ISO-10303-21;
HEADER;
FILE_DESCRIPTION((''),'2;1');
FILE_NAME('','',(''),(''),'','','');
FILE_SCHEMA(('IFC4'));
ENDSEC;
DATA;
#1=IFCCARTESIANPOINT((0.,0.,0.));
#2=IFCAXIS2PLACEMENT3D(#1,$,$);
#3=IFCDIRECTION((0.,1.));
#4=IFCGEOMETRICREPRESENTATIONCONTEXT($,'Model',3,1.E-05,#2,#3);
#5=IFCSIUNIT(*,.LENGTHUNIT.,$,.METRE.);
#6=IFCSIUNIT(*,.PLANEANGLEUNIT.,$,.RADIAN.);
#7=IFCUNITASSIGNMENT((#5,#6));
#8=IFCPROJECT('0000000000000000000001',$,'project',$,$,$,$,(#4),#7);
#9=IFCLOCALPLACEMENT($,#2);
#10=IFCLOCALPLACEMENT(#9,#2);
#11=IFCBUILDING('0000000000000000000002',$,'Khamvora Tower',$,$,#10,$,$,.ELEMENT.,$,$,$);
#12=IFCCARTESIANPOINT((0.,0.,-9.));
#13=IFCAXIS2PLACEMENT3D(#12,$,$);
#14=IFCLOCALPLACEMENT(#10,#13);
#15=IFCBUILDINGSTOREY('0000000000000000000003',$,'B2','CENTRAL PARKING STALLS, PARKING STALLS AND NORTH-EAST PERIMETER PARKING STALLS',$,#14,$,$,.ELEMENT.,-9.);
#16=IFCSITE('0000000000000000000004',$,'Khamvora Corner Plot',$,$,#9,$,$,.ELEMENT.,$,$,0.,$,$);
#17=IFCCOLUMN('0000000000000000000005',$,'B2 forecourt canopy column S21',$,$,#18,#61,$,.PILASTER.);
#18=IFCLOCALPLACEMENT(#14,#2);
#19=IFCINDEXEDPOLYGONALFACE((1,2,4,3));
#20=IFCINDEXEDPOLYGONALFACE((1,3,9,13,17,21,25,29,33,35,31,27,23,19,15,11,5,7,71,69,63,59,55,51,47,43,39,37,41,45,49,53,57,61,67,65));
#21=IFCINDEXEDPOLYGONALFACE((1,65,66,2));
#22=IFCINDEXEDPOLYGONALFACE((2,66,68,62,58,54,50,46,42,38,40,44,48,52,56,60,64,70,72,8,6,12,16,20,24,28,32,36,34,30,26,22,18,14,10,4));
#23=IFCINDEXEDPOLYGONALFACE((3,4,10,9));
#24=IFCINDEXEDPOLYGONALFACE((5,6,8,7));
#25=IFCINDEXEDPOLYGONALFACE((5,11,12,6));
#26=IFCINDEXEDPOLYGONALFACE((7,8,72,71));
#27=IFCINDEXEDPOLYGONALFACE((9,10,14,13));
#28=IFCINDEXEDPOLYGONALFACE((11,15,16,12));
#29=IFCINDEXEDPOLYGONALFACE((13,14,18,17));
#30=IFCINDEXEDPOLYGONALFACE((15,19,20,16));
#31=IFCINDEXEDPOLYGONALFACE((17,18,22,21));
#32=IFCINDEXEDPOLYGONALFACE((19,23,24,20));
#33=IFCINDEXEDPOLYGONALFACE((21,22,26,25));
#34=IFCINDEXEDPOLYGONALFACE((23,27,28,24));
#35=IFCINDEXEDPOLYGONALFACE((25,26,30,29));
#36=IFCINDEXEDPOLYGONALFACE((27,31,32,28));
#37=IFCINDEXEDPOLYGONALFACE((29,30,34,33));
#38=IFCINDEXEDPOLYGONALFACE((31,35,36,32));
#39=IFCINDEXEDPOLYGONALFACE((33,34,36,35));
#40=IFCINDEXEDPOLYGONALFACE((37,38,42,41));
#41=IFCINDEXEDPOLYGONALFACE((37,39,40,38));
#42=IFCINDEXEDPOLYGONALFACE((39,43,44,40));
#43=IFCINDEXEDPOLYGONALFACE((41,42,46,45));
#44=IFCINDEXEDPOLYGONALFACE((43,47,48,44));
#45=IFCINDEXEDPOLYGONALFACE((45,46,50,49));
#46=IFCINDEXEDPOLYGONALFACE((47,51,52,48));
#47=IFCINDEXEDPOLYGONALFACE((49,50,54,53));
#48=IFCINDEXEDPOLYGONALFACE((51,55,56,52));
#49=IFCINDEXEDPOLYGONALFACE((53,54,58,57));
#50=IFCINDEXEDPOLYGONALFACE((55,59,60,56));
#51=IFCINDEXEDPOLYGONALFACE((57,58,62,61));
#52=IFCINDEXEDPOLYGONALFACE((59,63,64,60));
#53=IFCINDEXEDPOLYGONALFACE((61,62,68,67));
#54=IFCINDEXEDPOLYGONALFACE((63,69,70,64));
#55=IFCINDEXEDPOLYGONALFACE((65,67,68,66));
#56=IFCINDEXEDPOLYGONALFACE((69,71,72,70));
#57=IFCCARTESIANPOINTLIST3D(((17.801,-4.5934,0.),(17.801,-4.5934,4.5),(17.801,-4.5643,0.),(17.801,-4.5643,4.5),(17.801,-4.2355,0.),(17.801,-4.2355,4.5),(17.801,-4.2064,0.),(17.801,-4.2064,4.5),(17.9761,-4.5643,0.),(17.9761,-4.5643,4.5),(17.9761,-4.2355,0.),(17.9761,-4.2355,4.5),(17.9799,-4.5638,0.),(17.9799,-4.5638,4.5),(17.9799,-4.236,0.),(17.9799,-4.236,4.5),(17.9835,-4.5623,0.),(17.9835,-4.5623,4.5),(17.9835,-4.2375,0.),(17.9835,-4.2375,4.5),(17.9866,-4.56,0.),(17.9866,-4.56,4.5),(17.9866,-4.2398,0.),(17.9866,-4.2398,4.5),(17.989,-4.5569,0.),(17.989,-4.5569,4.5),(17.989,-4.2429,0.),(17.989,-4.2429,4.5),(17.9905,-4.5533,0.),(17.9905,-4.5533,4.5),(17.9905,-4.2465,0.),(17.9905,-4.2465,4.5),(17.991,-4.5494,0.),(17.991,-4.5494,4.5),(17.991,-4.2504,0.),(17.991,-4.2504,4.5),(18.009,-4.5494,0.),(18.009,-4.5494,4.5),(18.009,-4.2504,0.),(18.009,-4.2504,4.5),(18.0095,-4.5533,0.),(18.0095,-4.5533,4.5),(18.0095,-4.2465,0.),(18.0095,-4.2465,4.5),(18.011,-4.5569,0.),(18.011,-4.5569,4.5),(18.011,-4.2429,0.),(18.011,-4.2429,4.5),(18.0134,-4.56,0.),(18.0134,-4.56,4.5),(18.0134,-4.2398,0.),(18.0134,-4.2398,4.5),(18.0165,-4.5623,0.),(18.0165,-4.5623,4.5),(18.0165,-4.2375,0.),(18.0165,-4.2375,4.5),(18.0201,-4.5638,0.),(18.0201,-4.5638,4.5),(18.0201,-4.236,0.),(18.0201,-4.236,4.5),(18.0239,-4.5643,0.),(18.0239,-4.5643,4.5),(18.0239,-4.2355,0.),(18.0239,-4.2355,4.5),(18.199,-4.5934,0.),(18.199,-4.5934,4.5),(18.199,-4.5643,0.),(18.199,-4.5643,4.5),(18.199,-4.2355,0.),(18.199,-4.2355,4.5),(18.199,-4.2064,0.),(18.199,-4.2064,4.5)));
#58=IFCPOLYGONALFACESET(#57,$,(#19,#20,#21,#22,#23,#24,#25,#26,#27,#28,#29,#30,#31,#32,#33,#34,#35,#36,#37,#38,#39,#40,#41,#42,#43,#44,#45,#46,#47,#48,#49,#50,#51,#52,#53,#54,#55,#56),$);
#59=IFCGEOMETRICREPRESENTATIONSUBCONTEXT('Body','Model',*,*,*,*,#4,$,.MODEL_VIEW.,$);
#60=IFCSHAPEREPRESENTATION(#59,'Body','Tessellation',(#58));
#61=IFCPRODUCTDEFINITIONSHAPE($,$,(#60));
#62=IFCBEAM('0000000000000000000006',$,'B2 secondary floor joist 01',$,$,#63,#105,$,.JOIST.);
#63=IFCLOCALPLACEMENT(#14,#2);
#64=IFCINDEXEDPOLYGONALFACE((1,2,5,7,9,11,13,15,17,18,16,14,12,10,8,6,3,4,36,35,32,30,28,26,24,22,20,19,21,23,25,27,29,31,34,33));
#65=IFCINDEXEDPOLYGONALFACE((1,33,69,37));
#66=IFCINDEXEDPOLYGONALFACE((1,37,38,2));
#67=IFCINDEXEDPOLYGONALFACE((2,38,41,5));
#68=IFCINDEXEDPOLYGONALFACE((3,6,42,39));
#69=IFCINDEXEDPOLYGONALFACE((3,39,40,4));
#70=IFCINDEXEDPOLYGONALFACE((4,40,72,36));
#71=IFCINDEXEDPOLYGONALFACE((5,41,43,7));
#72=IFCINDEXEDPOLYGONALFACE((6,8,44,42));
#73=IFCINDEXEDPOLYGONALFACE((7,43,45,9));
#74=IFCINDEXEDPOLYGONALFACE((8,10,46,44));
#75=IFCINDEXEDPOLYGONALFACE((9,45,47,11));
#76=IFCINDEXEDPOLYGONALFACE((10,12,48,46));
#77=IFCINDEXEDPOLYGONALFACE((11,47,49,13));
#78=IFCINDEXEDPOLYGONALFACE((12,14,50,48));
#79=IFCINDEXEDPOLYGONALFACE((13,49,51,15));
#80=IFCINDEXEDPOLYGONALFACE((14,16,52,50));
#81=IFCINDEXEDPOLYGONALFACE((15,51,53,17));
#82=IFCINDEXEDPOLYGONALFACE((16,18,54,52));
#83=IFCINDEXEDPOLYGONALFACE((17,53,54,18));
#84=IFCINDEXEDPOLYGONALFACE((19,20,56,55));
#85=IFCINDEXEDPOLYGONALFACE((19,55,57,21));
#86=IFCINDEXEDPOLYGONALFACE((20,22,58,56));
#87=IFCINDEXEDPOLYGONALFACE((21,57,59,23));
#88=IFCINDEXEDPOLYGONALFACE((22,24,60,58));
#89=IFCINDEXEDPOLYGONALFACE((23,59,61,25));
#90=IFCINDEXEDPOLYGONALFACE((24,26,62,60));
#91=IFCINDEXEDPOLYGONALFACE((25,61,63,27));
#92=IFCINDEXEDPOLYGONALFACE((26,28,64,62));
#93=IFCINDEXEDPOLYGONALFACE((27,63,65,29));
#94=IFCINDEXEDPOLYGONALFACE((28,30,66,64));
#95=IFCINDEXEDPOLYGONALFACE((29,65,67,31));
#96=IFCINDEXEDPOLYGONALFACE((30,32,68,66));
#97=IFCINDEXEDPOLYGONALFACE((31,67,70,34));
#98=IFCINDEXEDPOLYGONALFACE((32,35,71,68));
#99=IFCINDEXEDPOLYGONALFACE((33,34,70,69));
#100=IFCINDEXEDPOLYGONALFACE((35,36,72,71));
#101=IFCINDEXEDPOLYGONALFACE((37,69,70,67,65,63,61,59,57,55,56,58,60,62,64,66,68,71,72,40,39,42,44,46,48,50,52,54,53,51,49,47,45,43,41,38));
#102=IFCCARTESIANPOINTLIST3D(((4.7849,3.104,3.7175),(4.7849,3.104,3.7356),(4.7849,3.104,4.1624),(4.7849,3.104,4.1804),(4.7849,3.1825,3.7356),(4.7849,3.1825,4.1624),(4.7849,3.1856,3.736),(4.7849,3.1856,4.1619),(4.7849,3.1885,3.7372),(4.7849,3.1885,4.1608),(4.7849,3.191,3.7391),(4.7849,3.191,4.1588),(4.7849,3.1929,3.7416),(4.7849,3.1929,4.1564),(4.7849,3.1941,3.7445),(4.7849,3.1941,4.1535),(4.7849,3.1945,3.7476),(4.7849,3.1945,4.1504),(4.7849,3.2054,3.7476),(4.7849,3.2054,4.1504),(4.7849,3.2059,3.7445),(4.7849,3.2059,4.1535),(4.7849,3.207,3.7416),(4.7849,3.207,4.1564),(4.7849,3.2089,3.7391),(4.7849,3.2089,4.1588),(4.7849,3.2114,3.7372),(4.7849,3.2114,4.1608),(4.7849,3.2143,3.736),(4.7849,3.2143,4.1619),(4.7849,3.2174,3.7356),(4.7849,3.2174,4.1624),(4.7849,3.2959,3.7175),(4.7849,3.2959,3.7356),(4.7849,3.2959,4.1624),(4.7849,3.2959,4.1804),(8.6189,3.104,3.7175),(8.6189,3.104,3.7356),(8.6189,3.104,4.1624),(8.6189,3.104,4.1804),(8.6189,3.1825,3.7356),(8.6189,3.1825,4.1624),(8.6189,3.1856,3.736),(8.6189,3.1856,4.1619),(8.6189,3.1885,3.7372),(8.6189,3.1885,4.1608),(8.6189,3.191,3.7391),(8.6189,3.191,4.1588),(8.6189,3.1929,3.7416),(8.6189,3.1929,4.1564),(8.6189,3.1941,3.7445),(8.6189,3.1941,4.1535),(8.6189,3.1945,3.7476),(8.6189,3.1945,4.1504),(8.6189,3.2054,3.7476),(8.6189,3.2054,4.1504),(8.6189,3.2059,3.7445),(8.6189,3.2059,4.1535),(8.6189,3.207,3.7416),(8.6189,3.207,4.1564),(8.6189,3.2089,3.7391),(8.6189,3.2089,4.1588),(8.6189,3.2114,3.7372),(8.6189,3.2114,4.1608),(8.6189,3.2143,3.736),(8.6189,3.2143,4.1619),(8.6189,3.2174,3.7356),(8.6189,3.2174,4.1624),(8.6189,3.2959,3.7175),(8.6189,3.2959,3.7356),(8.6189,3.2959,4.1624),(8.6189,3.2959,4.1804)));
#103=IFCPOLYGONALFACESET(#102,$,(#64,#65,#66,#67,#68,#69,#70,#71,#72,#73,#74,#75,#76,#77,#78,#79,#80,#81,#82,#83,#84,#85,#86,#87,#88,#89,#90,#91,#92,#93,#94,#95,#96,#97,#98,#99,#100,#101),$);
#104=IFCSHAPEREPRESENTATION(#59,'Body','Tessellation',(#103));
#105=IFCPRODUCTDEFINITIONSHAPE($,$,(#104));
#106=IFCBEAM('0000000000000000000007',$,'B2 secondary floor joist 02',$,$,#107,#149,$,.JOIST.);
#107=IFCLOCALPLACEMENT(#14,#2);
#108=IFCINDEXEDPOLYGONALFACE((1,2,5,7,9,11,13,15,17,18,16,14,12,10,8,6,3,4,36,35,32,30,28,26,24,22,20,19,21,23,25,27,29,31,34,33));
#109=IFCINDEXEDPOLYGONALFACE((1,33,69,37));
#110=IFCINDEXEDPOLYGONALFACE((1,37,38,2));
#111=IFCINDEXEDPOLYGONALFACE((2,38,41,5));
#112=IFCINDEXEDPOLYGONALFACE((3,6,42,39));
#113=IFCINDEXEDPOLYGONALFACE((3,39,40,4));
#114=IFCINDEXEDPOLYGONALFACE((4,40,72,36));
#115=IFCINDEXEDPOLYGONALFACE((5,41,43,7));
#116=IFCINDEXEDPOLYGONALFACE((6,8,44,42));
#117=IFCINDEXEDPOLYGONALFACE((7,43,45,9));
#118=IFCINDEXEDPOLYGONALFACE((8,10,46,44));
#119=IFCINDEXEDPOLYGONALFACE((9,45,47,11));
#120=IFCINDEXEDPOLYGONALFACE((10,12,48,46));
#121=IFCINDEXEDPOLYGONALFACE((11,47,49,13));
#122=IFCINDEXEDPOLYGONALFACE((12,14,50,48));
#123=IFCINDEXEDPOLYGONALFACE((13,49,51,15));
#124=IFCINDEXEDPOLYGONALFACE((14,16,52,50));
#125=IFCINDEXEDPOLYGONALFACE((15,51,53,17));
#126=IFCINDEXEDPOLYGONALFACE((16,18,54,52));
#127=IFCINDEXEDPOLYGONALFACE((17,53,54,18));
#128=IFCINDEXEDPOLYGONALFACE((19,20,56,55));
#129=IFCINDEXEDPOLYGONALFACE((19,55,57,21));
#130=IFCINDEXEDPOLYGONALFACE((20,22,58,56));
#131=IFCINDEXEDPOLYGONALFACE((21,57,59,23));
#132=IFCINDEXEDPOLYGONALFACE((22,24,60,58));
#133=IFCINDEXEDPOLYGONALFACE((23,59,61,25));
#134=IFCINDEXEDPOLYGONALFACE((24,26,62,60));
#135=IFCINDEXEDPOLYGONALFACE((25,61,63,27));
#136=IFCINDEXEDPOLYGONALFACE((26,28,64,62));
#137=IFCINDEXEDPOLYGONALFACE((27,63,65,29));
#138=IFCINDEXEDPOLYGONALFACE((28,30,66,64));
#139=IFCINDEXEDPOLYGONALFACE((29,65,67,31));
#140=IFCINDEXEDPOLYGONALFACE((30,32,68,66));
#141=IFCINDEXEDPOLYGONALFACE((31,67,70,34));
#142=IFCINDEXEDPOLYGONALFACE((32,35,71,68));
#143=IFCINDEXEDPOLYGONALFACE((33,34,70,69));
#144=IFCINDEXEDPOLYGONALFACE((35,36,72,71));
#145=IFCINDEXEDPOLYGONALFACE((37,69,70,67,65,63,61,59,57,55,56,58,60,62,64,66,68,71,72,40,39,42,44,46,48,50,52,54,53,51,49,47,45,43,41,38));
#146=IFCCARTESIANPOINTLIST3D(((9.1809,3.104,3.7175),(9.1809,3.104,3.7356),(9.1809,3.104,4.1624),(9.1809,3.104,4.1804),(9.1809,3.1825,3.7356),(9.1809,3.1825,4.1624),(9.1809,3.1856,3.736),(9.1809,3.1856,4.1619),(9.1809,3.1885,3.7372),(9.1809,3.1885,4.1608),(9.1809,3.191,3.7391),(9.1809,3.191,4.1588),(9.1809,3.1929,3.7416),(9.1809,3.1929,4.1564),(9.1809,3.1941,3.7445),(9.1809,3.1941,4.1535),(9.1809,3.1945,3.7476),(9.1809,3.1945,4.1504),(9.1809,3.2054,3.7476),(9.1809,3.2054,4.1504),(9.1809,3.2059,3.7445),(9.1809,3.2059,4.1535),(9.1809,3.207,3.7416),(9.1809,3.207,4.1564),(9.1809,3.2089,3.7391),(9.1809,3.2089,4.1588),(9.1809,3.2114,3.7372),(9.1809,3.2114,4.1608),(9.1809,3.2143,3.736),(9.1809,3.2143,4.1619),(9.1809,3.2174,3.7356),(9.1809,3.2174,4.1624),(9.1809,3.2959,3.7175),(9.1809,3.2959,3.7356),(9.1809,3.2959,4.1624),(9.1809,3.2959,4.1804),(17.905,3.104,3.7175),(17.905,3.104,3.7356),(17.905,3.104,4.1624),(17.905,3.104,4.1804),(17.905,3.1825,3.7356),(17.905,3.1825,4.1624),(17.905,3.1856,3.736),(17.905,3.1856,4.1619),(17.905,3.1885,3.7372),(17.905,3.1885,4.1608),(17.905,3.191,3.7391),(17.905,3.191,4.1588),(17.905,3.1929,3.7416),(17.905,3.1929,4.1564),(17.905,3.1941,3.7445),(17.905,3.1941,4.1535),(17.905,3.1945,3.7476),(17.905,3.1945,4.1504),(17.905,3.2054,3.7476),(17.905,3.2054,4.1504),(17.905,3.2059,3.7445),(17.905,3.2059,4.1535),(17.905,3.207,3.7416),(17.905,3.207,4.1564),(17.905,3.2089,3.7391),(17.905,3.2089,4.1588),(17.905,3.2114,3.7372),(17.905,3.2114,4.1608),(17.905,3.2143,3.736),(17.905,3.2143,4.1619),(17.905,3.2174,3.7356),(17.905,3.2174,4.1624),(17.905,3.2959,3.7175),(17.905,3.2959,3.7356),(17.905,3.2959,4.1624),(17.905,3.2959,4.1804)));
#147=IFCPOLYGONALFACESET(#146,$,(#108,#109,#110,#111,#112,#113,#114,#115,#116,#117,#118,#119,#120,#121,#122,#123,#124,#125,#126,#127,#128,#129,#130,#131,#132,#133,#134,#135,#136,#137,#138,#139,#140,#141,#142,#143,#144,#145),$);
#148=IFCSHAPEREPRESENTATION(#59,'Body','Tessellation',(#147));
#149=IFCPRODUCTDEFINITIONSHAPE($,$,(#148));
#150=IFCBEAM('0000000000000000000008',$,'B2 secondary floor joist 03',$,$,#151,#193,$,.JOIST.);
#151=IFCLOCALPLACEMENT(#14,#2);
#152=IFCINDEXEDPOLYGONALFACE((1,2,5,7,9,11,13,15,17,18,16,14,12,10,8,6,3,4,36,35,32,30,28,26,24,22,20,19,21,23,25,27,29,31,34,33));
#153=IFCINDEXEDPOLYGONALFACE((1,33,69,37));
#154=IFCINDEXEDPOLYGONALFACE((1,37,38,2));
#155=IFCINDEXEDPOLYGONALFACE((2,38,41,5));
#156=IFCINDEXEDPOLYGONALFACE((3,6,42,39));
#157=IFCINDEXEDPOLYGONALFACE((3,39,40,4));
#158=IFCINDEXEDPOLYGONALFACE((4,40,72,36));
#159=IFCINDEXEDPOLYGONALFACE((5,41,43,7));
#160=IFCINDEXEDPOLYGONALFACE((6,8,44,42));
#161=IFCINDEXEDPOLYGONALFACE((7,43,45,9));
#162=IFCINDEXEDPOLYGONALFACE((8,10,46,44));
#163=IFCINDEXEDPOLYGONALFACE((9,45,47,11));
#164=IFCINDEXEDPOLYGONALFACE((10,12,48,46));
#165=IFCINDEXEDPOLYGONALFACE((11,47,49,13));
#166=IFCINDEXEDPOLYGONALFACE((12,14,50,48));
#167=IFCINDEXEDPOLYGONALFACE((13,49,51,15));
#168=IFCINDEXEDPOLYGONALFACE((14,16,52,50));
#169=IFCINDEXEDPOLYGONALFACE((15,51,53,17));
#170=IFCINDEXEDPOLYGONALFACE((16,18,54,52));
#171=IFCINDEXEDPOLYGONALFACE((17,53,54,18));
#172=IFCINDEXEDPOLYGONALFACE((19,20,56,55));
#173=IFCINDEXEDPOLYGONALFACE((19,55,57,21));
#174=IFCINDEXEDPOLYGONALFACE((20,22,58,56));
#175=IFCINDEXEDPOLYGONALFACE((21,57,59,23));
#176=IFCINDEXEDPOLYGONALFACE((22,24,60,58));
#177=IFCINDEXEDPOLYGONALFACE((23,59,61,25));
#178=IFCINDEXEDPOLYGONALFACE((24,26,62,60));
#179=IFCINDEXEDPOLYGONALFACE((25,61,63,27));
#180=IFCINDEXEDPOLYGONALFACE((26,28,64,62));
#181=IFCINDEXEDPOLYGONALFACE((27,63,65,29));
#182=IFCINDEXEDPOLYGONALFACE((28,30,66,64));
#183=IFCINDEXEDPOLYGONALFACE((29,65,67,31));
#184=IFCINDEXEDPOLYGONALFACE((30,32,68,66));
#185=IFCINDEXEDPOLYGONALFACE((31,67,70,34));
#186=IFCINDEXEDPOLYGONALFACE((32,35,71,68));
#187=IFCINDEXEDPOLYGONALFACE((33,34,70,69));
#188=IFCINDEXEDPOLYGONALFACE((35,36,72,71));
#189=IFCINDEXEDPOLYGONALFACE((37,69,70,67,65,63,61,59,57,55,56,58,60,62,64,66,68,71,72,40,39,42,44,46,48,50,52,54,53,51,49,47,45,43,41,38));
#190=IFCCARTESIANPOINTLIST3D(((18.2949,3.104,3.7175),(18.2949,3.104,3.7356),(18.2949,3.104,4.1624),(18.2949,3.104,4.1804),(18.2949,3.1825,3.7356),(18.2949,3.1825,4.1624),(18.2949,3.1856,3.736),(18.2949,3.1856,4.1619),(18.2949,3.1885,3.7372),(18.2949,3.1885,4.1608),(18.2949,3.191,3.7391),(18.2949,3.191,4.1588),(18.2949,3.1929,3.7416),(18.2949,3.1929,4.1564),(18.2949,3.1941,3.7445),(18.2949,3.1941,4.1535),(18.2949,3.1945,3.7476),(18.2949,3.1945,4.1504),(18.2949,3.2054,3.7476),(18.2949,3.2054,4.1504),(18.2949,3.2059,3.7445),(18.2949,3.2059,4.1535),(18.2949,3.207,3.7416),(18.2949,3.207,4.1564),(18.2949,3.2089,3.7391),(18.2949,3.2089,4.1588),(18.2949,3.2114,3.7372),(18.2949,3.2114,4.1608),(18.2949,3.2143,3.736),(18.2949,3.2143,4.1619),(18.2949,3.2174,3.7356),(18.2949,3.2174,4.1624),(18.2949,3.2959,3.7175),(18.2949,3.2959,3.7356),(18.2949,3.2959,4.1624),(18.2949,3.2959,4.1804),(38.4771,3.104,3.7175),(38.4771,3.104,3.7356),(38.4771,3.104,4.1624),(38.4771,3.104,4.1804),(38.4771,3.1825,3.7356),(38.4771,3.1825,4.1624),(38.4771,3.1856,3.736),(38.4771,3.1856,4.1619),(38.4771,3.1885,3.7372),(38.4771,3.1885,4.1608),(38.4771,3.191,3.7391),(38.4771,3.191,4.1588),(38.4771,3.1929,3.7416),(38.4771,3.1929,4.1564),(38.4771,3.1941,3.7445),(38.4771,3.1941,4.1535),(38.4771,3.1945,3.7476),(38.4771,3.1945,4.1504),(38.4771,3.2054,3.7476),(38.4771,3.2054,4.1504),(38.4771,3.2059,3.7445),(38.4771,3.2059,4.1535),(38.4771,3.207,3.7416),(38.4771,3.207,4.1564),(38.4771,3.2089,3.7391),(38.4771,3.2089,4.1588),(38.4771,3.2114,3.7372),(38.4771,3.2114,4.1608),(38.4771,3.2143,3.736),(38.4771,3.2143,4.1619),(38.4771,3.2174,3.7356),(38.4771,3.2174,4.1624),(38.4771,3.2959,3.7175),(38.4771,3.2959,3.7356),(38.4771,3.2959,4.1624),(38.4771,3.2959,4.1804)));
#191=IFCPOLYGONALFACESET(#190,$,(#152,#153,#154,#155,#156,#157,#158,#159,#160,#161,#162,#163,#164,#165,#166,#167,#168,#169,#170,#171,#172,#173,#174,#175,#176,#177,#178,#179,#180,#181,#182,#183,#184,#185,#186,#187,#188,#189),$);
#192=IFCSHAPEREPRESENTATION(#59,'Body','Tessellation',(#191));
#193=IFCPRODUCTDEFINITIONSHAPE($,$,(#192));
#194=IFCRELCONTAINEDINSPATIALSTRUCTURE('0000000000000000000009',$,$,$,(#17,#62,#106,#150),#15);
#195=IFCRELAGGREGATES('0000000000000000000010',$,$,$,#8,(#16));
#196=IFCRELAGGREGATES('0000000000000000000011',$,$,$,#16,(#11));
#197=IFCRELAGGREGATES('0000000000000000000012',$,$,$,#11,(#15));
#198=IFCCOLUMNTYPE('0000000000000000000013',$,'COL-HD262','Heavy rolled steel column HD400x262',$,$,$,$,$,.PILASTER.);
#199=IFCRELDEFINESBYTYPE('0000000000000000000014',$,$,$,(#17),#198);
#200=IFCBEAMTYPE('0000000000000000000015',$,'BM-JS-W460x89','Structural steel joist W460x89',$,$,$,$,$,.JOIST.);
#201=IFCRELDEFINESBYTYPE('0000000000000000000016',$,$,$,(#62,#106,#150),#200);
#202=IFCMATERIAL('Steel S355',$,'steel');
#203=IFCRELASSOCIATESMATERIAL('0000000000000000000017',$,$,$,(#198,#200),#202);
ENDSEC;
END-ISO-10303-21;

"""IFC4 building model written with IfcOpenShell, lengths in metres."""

from ifc_helpers import new_model, si_unit, direction, frame, origin, origin_2d, place, context, subcontext, project, spatial, i_section, extrude, material, material_profile, profile_set, type_object, element, save


model = new_model("IFC4")

# Units and contexts
model_context = context("Model", 3, precision=1e-05, world=origin(), true_north=direction((0.0, 1.0)))
body_context = subcontext(model_context, "Body", "Model", "MODEL_VIEW")
ifc_project = project(units=[si_unit("LENGTHUNIT", "METRE"), si_unit("PLANEANGLEUNIT", "RADIAN")], contexts=[model_context])

# Site, building, storey
site_placement = place(None, origin())
site = spatial("IfcSite", under=ifc_project, at=site_placement, Name="Khamvora Corner Plot", CompositionType="ELEMENT", RefElevation=0.0)
building_placement = place(site_placement, origin())
building = spatial("IfcBuilding", under=site, at=building_placement, Name="Khamvora Tower", CompositionType="ELEMENT")
storey_placement = place(building_placement, frame((0.0, 0.0, -9.0)))
storey = spatial("IfcBuildingStorey", under=building, at=storey_placement, Name="B2", Description="CENTRAL PARKING STALLS, PARKING STALLS AND NORTH-EAST PERIMETER PARKING STALLS", CompositionType="ELEMENT", Elevation=-9.0)

# Column
ifc_material_1 = material(Name="Steel S355", Category="steel")
ifc_material_profile_1 = material_profile(ifc_material_1, i_section(OverallWidth=0.3979, OverallDepth=0.387, WebThickness=0.0181, FlangeThickness=0.0291, FilletRadius=0.0149, at=origin_2d()), Name="HD400x262")
ifc_profile_set_1 = profile_set([ifc_material_profile_1], Name="Steel S355")
column_type_1 = type_object("IfcColumnType", Name="COL-HD262", Description="Heavy rolled steel column HD400x262", PredefinedType="PILASTER", material=ifc_profile_set_1)
for number, where, z_axis, x_axis, name in (
    (1, (18.0, -4.3999, 0.0), (0.0, 0.0, 1.0), (1.0, 0.0, 0.0), "B2 forecourt canopy column S21"),
):
    element("IfcColumn", number, at=place(storey_placement, frame(where, z_axis=z_axis, x_axis=x_axis)), inside=storey, type_object=column_type_1, Name=name, PredefinedType="PILASTER", context=body_context, shape_type="SweptSolid", body=[
        extrude(i_section(OverallWidth=0.3979, OverallDepth=0.387, WebThickness=0.0181, FlangeThickness=0.0291, FilletRadius=0.0149, at=origin_2d()), origin(), (0.0, 0.0, 1.0), 4.5),
    ])

# Beams
ifc_material_profile_2 = material_profile(ifc_material_1, i_section(OverallWidth=0.1919, OverallDepth=0.4629, WebThickness=0.011, FlangeThickness=0.0181, FilletRadius=0.012, at=origin_2d()), Name="W460x89")
ifc_profile_set_2 = profile_set([ifc_material_profile_2], Name="Steel S355")
beam_type_1 = type_object("IfcBeamType", Name="BM-JS-W460x89", Description="Structural steel joist W460x89", PredefinedType="JOIST", material=ifc_profile_set_2)
beam_1_placement = place(storey_placement, frame((4.7849, 3.2, 3.949), z_axis=(1.0, 0.0, 0.0), x_axis=(0.0, 1.0, 0.0)))
element("IfcBeam", 2, at=beam_1_placement, inside=storey, type_object=beam_type_1, Name="B2 secondary floor joist 01", PredefinedType="JOIST", context=body_context, shape_type="SweptSolid", body=[
    extrude(i_section(OverallWidth=0.1919, OverallDepth=0.4629, WebThickness=0.011, FlangeThickness=0.0181, FilletRadius=0.012, at=origin_2d()), origin(), (0.0, 0.0, 1.0), 3.834),
])
beam_2_placement = place(storey_placement, frame((9.1809, 3.2, 3.949), z_axis=(1.0, 0.0, 0.0), x_axis=(0.0, 1.0, 0.0)))
element("IfcBeam", 3, at=beam_2_placement, inside=storey, type_object=beam_type_1, Name="B2 secondary floor joist 02", PredefinedType="JOIST", context=body_context, shape_type="SweptSolid", body=[
    extrude(i_section(OverallWidth=0.1919, OverallDepth=0.4629, WebThickness=0.011, FlangeThickness=0.0181, FilletRadius=0.012, at=origin_2d()), origin(), (0.0, 0.0, 1.0), 8.7241),
])
beam_3_placement = place(storey_placement, frame((18.2949, 3.2, 3.949), z_axis=(1.0, 0.0, 0.0), x_axis=(0.0, 1.0, 0.0)))
element("IfcBeam", 4, at=beam_3_placement, inside=storey, type_object=beam_type_1, Name="B2 secondary floor joist 03", PredefinedType="JOIST", context=body_context, shape_type="SweptSolid", body=[
    extrude(i_section(OverallWidth=0.1919, OverallDepth=0.4629, WebThickness=0.011, FlangeThickness=0.0181, FilletRadius=0.012, at=origin_2d()), origin(), (0.0, 0.0, 1.0), 20.1821),
])

save(model, "model.ifc")
